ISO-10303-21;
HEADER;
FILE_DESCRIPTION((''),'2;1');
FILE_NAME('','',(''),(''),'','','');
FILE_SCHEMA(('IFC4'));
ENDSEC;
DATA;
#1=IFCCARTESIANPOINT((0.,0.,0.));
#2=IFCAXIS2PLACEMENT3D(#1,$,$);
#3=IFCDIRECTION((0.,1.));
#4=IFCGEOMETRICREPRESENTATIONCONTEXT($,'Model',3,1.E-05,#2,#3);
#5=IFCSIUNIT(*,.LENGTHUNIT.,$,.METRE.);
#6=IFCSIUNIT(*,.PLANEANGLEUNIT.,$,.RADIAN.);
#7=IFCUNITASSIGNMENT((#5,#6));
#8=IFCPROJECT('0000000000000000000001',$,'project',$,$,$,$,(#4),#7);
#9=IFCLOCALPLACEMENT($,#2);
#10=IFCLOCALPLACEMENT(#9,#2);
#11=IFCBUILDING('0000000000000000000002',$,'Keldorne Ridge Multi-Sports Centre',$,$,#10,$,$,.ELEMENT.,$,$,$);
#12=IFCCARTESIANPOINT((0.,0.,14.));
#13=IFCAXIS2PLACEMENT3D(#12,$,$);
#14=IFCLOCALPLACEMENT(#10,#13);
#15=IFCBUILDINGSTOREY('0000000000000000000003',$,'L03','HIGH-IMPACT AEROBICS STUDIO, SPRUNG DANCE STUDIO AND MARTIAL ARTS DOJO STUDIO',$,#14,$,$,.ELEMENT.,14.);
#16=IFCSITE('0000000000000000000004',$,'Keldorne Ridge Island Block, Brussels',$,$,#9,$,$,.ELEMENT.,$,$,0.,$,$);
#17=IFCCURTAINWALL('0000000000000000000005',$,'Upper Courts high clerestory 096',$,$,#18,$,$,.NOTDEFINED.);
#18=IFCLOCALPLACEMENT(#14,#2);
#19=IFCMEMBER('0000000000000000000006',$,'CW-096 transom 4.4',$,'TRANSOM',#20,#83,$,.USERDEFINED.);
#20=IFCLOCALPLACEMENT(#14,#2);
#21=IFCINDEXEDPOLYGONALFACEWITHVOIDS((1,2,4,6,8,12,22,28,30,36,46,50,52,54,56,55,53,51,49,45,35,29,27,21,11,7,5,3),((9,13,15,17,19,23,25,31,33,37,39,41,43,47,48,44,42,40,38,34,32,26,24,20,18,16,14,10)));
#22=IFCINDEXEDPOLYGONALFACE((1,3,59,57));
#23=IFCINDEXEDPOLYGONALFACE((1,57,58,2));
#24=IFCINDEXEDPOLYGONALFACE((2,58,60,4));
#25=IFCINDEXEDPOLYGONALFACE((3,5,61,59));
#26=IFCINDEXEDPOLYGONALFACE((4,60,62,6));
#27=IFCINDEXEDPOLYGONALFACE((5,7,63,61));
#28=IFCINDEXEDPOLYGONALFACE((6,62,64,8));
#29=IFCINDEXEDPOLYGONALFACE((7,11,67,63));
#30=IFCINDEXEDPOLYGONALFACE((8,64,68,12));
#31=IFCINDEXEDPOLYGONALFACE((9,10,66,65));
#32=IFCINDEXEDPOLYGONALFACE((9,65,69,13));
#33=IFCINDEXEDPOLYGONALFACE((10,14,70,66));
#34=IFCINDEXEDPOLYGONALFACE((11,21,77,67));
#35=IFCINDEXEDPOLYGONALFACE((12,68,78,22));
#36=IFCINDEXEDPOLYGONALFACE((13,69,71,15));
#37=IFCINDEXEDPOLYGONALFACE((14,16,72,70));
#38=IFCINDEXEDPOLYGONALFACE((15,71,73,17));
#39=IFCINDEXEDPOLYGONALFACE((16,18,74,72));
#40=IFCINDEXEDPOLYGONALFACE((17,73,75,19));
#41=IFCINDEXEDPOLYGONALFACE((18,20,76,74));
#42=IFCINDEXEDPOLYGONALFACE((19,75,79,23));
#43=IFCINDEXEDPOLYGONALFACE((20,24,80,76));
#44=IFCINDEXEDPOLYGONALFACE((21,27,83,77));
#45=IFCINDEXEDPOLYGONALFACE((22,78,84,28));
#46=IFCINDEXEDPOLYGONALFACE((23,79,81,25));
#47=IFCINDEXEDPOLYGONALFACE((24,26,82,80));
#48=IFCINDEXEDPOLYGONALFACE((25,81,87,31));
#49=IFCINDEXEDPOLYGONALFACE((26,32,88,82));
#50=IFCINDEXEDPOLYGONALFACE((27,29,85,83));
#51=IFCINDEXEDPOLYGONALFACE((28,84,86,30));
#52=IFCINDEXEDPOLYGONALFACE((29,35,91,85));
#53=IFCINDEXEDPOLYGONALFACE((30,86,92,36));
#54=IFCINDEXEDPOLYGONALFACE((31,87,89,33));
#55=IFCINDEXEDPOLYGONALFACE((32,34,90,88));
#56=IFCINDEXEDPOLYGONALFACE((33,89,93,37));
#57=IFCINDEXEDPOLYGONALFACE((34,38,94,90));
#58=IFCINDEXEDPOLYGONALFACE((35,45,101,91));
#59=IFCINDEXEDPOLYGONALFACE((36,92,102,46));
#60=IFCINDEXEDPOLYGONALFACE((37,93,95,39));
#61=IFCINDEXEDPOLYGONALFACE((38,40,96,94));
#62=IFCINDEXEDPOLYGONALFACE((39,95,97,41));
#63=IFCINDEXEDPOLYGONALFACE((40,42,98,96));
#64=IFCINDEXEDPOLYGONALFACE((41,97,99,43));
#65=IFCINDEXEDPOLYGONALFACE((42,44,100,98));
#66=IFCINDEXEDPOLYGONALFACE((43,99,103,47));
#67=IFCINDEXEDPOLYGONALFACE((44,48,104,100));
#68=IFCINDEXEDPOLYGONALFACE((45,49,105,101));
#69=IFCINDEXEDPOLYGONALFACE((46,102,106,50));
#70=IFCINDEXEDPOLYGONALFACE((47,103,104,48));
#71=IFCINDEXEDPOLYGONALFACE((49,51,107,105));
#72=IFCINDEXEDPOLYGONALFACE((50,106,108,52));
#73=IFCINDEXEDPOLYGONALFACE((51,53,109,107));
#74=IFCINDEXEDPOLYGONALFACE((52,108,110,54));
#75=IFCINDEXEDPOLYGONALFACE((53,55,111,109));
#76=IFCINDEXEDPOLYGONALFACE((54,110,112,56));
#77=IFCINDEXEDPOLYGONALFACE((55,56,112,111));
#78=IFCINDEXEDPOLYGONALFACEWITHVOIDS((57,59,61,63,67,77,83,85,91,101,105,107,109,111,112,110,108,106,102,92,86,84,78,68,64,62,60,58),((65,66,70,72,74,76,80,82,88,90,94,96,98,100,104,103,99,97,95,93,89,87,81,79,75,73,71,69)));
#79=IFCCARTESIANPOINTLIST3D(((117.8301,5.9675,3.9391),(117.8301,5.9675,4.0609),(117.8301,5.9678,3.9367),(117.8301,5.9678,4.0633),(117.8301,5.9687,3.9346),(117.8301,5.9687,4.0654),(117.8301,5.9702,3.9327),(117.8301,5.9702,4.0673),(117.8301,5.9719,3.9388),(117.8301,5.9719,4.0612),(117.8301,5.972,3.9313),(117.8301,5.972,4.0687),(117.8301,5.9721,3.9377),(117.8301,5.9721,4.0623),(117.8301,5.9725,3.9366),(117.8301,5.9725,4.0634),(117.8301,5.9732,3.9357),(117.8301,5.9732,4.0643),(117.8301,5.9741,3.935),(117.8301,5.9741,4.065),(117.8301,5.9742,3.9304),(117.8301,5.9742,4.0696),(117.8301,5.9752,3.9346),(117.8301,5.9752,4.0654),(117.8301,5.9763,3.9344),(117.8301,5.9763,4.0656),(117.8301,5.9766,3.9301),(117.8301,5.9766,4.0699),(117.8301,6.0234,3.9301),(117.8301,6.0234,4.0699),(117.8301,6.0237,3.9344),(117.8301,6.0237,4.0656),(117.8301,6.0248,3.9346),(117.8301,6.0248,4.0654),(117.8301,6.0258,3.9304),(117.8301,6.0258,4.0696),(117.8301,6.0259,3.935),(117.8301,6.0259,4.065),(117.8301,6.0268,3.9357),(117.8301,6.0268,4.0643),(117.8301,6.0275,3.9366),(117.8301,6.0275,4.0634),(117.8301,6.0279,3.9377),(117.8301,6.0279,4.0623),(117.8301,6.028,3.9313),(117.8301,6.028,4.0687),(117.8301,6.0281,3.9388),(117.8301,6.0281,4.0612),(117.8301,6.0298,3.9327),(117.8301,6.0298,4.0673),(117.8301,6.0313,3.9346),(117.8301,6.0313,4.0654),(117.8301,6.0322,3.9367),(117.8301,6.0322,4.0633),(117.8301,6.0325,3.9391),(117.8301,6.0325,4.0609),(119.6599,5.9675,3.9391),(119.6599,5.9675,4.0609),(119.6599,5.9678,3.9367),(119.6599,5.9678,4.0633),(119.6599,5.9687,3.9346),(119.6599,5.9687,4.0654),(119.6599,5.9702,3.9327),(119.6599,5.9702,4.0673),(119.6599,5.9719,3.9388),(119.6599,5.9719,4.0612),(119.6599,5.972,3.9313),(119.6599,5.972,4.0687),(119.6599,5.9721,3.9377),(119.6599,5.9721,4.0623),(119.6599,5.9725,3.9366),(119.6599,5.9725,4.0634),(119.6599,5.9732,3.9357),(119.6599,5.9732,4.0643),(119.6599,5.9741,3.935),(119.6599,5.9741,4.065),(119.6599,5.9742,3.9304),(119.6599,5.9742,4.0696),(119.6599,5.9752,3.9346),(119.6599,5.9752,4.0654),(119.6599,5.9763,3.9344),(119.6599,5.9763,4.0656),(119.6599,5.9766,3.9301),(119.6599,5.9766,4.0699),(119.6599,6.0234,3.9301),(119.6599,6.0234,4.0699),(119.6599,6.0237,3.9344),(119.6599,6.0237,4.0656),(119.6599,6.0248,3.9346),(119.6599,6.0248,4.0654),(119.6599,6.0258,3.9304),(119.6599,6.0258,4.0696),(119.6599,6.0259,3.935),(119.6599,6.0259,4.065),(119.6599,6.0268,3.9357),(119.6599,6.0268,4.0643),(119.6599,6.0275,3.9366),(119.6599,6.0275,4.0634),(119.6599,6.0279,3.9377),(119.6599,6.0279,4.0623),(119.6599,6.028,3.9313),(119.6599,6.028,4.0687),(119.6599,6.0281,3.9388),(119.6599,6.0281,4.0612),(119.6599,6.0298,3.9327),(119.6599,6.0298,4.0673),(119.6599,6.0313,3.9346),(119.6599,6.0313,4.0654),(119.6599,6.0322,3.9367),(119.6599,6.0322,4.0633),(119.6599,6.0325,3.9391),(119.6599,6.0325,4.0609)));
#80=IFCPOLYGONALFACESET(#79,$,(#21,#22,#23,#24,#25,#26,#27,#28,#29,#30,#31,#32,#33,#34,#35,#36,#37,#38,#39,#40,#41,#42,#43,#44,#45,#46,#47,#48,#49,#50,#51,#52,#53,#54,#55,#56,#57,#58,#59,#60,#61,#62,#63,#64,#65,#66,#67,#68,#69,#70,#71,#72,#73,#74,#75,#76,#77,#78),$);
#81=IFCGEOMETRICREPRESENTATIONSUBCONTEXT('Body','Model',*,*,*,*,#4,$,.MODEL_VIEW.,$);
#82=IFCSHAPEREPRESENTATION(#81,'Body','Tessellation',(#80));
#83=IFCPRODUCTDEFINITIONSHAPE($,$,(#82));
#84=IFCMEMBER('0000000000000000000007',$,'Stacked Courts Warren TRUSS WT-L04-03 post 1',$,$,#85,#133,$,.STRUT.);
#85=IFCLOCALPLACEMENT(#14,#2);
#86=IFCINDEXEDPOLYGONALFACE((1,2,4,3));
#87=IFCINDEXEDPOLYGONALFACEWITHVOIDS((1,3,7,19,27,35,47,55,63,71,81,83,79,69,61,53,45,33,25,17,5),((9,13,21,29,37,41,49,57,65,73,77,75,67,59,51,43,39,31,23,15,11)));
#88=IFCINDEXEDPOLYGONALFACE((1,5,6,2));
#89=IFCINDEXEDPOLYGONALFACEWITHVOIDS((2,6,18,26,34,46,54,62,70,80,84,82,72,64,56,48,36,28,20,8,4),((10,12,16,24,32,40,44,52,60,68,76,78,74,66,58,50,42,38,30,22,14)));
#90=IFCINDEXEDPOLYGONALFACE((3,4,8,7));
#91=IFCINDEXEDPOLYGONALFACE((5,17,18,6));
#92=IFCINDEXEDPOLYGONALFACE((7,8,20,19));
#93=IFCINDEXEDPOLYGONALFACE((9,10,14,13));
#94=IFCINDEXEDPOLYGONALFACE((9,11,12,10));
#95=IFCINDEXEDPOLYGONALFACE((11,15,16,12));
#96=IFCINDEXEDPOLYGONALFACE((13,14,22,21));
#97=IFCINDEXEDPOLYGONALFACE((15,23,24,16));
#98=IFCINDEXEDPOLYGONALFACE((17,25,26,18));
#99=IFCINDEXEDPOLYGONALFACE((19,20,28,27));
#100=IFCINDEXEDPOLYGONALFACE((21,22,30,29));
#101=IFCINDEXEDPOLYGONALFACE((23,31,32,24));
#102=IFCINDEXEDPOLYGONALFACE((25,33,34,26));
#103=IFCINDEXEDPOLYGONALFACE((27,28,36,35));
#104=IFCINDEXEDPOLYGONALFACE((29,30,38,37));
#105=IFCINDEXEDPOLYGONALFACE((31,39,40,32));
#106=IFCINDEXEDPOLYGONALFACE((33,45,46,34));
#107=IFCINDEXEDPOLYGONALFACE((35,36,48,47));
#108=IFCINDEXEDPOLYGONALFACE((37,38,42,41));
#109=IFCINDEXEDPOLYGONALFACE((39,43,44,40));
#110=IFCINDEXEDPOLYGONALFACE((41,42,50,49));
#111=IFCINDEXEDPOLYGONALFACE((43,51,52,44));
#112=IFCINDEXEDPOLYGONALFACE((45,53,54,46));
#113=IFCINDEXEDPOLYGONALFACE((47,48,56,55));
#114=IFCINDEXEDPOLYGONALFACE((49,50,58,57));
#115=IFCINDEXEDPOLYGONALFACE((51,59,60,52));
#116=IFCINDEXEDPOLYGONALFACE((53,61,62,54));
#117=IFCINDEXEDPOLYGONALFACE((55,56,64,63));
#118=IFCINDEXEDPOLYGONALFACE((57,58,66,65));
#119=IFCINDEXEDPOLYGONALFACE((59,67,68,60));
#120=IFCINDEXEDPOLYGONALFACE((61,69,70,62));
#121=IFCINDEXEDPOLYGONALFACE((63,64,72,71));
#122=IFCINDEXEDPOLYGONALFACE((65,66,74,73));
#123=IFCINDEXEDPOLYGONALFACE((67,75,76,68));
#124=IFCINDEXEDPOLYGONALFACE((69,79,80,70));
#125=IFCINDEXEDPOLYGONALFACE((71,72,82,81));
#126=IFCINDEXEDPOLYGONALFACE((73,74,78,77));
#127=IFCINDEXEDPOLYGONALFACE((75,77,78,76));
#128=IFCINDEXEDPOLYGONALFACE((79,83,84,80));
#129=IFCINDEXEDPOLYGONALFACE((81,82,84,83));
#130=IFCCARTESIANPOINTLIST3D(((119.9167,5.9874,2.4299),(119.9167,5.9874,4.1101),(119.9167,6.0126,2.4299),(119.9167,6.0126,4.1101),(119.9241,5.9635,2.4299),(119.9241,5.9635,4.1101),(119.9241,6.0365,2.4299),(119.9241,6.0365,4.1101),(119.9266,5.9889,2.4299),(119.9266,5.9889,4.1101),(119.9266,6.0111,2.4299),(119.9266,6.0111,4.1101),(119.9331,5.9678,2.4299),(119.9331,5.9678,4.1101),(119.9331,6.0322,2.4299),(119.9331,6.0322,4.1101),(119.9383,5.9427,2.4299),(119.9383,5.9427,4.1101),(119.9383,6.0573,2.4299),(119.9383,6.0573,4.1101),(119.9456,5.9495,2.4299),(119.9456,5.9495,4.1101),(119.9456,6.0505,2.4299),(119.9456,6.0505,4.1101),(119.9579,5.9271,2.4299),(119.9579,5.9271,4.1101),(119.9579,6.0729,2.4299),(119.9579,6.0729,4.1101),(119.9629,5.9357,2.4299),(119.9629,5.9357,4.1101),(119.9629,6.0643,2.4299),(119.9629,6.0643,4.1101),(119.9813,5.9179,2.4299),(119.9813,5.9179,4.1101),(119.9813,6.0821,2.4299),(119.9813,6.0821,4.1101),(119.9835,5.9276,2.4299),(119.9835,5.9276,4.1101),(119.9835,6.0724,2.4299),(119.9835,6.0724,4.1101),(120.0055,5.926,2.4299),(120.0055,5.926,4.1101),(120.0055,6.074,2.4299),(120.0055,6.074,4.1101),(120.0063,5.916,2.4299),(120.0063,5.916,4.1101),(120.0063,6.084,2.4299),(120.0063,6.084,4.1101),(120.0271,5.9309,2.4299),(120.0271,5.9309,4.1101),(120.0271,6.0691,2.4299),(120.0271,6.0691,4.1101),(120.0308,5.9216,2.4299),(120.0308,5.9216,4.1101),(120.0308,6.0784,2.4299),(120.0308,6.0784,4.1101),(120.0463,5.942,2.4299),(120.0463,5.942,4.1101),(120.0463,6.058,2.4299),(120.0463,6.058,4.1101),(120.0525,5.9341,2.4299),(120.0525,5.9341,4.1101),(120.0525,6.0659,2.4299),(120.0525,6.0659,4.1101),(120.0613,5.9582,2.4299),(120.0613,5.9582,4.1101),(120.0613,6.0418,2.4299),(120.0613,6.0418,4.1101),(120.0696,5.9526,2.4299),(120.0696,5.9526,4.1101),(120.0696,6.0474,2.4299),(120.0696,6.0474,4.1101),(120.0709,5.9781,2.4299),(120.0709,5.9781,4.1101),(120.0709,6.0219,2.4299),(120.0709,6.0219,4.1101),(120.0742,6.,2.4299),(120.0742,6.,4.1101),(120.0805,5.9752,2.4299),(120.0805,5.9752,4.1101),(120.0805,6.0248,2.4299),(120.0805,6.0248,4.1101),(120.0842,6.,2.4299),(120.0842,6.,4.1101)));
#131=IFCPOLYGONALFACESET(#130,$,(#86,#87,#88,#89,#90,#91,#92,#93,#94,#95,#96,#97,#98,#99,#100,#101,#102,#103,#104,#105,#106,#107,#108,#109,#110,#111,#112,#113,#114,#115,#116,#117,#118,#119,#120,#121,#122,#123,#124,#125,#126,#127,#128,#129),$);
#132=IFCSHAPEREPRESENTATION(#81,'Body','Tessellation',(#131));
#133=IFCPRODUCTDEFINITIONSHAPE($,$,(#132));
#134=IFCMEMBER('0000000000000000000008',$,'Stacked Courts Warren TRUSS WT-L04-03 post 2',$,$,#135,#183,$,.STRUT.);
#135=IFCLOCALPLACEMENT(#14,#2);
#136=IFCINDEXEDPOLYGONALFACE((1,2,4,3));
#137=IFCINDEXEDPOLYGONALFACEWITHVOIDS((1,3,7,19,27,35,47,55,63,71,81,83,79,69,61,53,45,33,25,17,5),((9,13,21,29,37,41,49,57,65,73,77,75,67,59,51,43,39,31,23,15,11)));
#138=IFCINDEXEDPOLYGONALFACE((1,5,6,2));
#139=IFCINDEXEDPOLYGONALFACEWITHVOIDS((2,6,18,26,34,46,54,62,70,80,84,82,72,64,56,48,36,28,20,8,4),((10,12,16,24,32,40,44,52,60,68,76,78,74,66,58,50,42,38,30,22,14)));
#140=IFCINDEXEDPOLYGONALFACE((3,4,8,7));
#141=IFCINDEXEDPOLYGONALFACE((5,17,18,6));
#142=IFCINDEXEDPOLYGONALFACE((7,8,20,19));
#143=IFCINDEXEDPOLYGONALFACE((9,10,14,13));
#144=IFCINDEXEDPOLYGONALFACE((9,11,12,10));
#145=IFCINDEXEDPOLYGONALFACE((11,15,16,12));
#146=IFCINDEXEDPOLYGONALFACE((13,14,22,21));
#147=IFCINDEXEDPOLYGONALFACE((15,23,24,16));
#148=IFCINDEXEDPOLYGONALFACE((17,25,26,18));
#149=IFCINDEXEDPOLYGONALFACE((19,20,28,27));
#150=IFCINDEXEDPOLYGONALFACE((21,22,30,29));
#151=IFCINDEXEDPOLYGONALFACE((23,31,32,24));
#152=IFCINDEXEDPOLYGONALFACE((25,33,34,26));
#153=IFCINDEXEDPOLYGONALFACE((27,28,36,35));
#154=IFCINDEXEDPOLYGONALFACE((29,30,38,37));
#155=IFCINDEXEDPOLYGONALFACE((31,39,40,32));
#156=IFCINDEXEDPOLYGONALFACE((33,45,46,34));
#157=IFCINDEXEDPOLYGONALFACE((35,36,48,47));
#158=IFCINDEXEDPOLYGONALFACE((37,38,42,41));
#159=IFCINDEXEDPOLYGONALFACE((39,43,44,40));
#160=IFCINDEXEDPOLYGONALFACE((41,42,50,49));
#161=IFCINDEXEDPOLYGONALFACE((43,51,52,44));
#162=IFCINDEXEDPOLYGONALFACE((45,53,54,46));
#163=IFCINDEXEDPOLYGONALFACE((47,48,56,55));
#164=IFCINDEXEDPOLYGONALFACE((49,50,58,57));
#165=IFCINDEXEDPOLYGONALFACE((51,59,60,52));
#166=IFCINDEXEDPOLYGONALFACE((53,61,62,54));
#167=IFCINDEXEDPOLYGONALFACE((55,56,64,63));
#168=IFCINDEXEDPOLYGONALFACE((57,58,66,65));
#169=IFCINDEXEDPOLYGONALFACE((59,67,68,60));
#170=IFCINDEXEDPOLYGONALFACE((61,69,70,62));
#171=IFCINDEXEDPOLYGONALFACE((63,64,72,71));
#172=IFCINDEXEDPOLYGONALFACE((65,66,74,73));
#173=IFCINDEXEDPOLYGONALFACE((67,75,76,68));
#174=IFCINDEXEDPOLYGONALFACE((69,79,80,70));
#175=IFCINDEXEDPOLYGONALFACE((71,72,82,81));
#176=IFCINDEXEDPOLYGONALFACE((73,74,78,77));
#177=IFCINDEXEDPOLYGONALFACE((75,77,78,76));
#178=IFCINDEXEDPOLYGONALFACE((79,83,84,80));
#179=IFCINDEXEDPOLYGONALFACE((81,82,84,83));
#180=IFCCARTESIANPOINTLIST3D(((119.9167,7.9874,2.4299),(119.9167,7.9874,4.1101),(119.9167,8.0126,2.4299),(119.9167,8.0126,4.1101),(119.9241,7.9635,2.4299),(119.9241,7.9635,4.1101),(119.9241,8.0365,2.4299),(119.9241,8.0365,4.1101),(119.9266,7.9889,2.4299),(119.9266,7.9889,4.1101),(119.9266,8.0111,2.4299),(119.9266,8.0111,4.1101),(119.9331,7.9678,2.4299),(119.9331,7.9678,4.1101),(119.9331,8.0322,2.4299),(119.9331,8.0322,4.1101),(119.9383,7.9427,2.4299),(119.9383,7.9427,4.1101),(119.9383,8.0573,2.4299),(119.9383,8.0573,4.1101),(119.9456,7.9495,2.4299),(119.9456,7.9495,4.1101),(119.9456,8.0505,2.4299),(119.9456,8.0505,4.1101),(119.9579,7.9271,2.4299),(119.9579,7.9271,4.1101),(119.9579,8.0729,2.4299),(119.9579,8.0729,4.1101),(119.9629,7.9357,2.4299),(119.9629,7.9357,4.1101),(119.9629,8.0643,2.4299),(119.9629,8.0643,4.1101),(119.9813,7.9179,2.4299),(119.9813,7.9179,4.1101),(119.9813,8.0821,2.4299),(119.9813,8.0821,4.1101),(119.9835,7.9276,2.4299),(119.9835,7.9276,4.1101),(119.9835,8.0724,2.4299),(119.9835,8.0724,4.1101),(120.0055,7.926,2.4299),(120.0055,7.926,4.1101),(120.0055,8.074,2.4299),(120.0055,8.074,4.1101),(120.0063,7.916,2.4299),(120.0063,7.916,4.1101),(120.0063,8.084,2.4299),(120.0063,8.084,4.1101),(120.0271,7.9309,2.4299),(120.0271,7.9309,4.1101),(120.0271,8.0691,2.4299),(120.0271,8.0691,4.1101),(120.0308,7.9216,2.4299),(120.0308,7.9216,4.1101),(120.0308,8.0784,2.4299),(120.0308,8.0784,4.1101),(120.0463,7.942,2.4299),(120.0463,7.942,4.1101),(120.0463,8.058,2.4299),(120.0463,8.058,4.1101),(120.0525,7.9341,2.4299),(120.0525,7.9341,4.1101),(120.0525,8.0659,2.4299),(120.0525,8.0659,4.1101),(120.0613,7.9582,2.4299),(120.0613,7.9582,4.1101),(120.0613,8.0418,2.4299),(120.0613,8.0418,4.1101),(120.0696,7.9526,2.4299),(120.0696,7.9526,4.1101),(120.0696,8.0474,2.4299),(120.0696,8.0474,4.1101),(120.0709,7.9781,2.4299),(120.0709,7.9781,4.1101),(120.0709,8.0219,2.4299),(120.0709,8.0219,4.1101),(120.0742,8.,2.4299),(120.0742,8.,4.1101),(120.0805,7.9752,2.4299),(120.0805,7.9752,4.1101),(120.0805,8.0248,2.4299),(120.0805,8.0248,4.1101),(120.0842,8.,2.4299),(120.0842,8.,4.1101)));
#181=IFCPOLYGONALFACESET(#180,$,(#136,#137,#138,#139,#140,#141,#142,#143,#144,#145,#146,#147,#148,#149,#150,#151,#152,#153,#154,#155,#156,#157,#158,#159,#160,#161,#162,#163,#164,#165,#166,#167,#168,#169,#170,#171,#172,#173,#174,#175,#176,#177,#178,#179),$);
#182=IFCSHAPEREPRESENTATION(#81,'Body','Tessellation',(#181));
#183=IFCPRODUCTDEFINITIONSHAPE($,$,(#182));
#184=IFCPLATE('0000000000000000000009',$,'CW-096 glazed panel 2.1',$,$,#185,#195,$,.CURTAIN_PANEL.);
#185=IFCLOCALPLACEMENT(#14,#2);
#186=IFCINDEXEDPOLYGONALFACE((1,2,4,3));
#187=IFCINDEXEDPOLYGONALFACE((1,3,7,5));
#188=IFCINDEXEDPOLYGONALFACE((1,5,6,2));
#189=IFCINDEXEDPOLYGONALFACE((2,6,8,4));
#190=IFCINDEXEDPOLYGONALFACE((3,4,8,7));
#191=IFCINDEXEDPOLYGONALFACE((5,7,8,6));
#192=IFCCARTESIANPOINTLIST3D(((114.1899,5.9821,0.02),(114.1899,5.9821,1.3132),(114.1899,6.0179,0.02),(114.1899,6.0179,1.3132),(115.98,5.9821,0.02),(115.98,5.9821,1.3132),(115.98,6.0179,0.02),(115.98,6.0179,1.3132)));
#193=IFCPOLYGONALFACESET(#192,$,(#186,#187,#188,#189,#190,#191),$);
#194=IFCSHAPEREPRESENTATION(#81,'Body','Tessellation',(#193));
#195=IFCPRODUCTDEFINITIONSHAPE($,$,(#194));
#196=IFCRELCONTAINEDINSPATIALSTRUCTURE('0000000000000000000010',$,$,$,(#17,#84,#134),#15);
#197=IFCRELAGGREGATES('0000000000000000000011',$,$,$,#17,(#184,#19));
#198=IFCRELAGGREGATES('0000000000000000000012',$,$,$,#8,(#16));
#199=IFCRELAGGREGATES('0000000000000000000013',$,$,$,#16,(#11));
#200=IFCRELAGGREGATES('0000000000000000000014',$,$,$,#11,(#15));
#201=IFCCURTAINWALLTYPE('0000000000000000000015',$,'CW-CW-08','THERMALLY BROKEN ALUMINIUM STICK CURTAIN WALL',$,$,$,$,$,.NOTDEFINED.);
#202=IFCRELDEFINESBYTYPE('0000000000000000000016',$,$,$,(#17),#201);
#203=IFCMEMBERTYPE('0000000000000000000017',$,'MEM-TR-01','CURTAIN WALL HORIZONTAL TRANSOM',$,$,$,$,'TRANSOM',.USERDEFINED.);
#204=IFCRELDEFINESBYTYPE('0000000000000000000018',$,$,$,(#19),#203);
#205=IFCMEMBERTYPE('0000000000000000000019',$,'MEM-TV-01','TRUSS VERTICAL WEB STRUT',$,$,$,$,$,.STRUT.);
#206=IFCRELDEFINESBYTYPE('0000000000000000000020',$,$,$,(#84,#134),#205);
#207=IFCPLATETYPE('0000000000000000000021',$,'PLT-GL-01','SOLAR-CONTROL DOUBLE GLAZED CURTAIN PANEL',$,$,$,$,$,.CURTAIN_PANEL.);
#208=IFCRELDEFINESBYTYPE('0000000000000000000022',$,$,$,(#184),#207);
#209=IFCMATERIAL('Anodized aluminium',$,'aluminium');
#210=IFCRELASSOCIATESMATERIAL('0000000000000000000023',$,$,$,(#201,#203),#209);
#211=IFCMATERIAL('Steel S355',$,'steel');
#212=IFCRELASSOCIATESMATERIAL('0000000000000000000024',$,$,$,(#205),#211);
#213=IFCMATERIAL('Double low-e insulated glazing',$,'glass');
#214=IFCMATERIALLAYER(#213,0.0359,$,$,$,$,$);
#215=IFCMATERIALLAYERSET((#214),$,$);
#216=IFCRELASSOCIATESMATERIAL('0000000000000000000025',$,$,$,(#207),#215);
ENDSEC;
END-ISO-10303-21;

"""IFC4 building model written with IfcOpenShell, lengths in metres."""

from ifc_helpers import new_model, si_unit, direction, frame, origin, origin_2d, place, context, subcontext, project, spatial, rectangle, hollow_rectangle, hollow_circle, extrude, material, layer, layer_set, material_profile, profile_set, type_object, element, aggregate, save


model = new_model("IFC4")

# Units and contexts
model_context = context("Model", 3, precision=1e-05, world=origin(), true_north=direction((0.0, 1.0)))
body_context = subcontext(model_context, "Body", "Model", "MODEL_VIEW")
ifc_project = project(units=[si_unit("LENGTHUNIT", "METRE"), si_unit("PLANEANGLEUNIT", "RADIAN")], contexts=[model_context])

# Site, building, storey
site_placement = place(None, origin())
site = spatial("IfcSite", under=ifc_project, at=site_placement, Name="Keldorne Ridge Island Block, Brussels", CompositionType="ELEMENT", RefElevation=0.0)
building_placement = place(site_placement, origin())
building = spatial("IfcBuilding", under=site, at=building_placement, Name="Keldorne Ridge Multi-Sports Centre", CompositionType="ELEMENT")
storey_placement = place(building_placement, frame((0.0, 0.0, 14.0)))
storey = spatial("IfcBuildingStorey", under=building, at=storey_placement, Name="L03", Description="HIGH-IMPACT AEROBICS STUDIO, SPRUNG DANCE STUDIO AND MARTIAL ARTS DOJO STUDIO", CompositionType="ELEMENT", Elevation=14.0)

# Shared definitions
ifc_material_1 = material(Name="Steel S355", Category="steel")

# Curtain wall
ifc_material_2 = material(Name="Anodized aluminium", Category="aluminium")
curtain_wall_type = type_object("IfcCurtainWallType", Name="CW-CW-08", Description="THERMALLY BROKEN ALUMINIUM STICK CURTAIN WALL", PredefinedType="NOTDEFINED", material=ifc_material_2)
curtain_wall_placement = place(storey_placement, origin())
curtain_wall = element("IfcCurtainWall", 1, at=curtain_wall_placement, inside=storey, type_object=curtain_wall_type, Name="Upper Courts high clerestory 096", PredefinedType="NOTDEFINED")

# Member
ifc_material_profile_1 = material_profile(ifc_material_2, hollow_rectangle(XDim=0.0649, YDim=0.1399, WallThickness=0.0044, InnerFilletRadius=0.0044, OuterFilletRadius=0.009, at=origin_2d()), Name="ALU TRANSOM 140x65x4.5")
ifc_profile_set_1 = profile_set([ifc_material_profile_1], Name="Anodized aluminium")
member_type_1 = type_object("IfcMemberType", Name="MEM-TR-01", Description="CURTAIN WALL HORIZONTAL TRANSOM", ElementType="TRANSOM", PredefinedType="USERDEFINED", material=ifc_profile_set_1)
member_1_placement = place(storey_placement, frame((117.8301, 6.0, 4.0), z_axis=(1.0, 0.0, 0.0), x_axis=(0.0, 1.0, 0.0)))
member_1 = element("IfcMember", 2, at=member_1_placement, type_object=member_type_1, Name="CW-096 transom 4.4", ObjectType="TRANSOM", PredefinedType="USERDEFINED", context=body_context, shape_type="SweptSolid", body=[
    extrude(hollow_rectangle(XDim=0.0649, YDim=0.1399, WallThickness=0.0044, InnerFilletRadius=0.0044, OuterFilletRadius=0.009, at=origin_2d()), origin(), (0.0, 0.0, 1.0), 1.8298),
])

# Members
ifc_material_profile_2 = material_profile(ifc_material_1, hollow_circle(Radius=0.0842, WallThickness=0.01, at=origin_2d()), Name="CHS 168.3x10")
ifc_profile_set_2 = profile_set([ifc_material_profile_2], Name="Steel S355")
member_type_2 = type_object("IfcMemberType", Name="MEM-TV-01", Description="TRUSS VERTICAL WEB STRUT", PredefinedType="STRUT", material=ifc_profile_set_2)
for number, where, z_axis, x_axis, name in (
    (3, (120.0, 6.0, 2.4299), (0.0, 0.0, 1.0), (1.0, 0.0, 0.0), "Stacked Courts Warren TRUSS WT-L04-03 post 1"),
    (4, (120.0, 8.0, 2.4299), (0.0, 0.0, 1.0), (1.0, 0.0, 0.0), "Stacked Courts Warren TRUSS WT-L04-03 post 2"),
):
    element("IfcMember", number, at=place(storey_placement, frame(where, z_axis=z_axis, x_axis=x_axis)), inside=storey, type_object=member_type_2, Name=name, PredefinedType="STRUT", context=body_context, shape_type="SweptSolid", body=[
        extrude(hollow_circle(Radius=0.0842, WallThickness=0.01, at=origin_2d()), origin(), (0.0, 0.0, 1.0), 1.6802),
    ])

# Plate
ifc_material_3 = material(Name="Double low-e insulated glazing", Category="glass")
ifc_layer = layer(ifc_material_3, 0.0359)
ifc_layer_set = layer_set([ifc_layer])
plate_type = type_object("IfcPlateType", Name="PLT-GL-01", Description="SOLAR-CONTROL DOUBLE GLAZED CURTAIN PANEL", PredefinedType="CURTAIN_PANEL", material=ifc_layer_set)
plate_1_placement = place(storey_placement, frame((115.085, 6.0, 0.02), z_axis=(0.0, 0.0, 1.0), x_axis=(1.0, 0.0, 0.0)))
plate_1 = element("IfcPlate", 5, at=plate_1_placement, type_object=plate_type, Name="CW-096 glazed panel 2.1", PredefinedType="CURTAIN_PANEL", context=body_context, shape_type="SweptSolid", body=[
    extrude(rectangle(XDim=1.79, YDim=0.0359, at=origin_2d()), origin(), (0.0, 0.0, 1.0), 1.2932),
])
aggregate(curtain_wall, [plate_1, member_1])

save(model, "model.ifc")
